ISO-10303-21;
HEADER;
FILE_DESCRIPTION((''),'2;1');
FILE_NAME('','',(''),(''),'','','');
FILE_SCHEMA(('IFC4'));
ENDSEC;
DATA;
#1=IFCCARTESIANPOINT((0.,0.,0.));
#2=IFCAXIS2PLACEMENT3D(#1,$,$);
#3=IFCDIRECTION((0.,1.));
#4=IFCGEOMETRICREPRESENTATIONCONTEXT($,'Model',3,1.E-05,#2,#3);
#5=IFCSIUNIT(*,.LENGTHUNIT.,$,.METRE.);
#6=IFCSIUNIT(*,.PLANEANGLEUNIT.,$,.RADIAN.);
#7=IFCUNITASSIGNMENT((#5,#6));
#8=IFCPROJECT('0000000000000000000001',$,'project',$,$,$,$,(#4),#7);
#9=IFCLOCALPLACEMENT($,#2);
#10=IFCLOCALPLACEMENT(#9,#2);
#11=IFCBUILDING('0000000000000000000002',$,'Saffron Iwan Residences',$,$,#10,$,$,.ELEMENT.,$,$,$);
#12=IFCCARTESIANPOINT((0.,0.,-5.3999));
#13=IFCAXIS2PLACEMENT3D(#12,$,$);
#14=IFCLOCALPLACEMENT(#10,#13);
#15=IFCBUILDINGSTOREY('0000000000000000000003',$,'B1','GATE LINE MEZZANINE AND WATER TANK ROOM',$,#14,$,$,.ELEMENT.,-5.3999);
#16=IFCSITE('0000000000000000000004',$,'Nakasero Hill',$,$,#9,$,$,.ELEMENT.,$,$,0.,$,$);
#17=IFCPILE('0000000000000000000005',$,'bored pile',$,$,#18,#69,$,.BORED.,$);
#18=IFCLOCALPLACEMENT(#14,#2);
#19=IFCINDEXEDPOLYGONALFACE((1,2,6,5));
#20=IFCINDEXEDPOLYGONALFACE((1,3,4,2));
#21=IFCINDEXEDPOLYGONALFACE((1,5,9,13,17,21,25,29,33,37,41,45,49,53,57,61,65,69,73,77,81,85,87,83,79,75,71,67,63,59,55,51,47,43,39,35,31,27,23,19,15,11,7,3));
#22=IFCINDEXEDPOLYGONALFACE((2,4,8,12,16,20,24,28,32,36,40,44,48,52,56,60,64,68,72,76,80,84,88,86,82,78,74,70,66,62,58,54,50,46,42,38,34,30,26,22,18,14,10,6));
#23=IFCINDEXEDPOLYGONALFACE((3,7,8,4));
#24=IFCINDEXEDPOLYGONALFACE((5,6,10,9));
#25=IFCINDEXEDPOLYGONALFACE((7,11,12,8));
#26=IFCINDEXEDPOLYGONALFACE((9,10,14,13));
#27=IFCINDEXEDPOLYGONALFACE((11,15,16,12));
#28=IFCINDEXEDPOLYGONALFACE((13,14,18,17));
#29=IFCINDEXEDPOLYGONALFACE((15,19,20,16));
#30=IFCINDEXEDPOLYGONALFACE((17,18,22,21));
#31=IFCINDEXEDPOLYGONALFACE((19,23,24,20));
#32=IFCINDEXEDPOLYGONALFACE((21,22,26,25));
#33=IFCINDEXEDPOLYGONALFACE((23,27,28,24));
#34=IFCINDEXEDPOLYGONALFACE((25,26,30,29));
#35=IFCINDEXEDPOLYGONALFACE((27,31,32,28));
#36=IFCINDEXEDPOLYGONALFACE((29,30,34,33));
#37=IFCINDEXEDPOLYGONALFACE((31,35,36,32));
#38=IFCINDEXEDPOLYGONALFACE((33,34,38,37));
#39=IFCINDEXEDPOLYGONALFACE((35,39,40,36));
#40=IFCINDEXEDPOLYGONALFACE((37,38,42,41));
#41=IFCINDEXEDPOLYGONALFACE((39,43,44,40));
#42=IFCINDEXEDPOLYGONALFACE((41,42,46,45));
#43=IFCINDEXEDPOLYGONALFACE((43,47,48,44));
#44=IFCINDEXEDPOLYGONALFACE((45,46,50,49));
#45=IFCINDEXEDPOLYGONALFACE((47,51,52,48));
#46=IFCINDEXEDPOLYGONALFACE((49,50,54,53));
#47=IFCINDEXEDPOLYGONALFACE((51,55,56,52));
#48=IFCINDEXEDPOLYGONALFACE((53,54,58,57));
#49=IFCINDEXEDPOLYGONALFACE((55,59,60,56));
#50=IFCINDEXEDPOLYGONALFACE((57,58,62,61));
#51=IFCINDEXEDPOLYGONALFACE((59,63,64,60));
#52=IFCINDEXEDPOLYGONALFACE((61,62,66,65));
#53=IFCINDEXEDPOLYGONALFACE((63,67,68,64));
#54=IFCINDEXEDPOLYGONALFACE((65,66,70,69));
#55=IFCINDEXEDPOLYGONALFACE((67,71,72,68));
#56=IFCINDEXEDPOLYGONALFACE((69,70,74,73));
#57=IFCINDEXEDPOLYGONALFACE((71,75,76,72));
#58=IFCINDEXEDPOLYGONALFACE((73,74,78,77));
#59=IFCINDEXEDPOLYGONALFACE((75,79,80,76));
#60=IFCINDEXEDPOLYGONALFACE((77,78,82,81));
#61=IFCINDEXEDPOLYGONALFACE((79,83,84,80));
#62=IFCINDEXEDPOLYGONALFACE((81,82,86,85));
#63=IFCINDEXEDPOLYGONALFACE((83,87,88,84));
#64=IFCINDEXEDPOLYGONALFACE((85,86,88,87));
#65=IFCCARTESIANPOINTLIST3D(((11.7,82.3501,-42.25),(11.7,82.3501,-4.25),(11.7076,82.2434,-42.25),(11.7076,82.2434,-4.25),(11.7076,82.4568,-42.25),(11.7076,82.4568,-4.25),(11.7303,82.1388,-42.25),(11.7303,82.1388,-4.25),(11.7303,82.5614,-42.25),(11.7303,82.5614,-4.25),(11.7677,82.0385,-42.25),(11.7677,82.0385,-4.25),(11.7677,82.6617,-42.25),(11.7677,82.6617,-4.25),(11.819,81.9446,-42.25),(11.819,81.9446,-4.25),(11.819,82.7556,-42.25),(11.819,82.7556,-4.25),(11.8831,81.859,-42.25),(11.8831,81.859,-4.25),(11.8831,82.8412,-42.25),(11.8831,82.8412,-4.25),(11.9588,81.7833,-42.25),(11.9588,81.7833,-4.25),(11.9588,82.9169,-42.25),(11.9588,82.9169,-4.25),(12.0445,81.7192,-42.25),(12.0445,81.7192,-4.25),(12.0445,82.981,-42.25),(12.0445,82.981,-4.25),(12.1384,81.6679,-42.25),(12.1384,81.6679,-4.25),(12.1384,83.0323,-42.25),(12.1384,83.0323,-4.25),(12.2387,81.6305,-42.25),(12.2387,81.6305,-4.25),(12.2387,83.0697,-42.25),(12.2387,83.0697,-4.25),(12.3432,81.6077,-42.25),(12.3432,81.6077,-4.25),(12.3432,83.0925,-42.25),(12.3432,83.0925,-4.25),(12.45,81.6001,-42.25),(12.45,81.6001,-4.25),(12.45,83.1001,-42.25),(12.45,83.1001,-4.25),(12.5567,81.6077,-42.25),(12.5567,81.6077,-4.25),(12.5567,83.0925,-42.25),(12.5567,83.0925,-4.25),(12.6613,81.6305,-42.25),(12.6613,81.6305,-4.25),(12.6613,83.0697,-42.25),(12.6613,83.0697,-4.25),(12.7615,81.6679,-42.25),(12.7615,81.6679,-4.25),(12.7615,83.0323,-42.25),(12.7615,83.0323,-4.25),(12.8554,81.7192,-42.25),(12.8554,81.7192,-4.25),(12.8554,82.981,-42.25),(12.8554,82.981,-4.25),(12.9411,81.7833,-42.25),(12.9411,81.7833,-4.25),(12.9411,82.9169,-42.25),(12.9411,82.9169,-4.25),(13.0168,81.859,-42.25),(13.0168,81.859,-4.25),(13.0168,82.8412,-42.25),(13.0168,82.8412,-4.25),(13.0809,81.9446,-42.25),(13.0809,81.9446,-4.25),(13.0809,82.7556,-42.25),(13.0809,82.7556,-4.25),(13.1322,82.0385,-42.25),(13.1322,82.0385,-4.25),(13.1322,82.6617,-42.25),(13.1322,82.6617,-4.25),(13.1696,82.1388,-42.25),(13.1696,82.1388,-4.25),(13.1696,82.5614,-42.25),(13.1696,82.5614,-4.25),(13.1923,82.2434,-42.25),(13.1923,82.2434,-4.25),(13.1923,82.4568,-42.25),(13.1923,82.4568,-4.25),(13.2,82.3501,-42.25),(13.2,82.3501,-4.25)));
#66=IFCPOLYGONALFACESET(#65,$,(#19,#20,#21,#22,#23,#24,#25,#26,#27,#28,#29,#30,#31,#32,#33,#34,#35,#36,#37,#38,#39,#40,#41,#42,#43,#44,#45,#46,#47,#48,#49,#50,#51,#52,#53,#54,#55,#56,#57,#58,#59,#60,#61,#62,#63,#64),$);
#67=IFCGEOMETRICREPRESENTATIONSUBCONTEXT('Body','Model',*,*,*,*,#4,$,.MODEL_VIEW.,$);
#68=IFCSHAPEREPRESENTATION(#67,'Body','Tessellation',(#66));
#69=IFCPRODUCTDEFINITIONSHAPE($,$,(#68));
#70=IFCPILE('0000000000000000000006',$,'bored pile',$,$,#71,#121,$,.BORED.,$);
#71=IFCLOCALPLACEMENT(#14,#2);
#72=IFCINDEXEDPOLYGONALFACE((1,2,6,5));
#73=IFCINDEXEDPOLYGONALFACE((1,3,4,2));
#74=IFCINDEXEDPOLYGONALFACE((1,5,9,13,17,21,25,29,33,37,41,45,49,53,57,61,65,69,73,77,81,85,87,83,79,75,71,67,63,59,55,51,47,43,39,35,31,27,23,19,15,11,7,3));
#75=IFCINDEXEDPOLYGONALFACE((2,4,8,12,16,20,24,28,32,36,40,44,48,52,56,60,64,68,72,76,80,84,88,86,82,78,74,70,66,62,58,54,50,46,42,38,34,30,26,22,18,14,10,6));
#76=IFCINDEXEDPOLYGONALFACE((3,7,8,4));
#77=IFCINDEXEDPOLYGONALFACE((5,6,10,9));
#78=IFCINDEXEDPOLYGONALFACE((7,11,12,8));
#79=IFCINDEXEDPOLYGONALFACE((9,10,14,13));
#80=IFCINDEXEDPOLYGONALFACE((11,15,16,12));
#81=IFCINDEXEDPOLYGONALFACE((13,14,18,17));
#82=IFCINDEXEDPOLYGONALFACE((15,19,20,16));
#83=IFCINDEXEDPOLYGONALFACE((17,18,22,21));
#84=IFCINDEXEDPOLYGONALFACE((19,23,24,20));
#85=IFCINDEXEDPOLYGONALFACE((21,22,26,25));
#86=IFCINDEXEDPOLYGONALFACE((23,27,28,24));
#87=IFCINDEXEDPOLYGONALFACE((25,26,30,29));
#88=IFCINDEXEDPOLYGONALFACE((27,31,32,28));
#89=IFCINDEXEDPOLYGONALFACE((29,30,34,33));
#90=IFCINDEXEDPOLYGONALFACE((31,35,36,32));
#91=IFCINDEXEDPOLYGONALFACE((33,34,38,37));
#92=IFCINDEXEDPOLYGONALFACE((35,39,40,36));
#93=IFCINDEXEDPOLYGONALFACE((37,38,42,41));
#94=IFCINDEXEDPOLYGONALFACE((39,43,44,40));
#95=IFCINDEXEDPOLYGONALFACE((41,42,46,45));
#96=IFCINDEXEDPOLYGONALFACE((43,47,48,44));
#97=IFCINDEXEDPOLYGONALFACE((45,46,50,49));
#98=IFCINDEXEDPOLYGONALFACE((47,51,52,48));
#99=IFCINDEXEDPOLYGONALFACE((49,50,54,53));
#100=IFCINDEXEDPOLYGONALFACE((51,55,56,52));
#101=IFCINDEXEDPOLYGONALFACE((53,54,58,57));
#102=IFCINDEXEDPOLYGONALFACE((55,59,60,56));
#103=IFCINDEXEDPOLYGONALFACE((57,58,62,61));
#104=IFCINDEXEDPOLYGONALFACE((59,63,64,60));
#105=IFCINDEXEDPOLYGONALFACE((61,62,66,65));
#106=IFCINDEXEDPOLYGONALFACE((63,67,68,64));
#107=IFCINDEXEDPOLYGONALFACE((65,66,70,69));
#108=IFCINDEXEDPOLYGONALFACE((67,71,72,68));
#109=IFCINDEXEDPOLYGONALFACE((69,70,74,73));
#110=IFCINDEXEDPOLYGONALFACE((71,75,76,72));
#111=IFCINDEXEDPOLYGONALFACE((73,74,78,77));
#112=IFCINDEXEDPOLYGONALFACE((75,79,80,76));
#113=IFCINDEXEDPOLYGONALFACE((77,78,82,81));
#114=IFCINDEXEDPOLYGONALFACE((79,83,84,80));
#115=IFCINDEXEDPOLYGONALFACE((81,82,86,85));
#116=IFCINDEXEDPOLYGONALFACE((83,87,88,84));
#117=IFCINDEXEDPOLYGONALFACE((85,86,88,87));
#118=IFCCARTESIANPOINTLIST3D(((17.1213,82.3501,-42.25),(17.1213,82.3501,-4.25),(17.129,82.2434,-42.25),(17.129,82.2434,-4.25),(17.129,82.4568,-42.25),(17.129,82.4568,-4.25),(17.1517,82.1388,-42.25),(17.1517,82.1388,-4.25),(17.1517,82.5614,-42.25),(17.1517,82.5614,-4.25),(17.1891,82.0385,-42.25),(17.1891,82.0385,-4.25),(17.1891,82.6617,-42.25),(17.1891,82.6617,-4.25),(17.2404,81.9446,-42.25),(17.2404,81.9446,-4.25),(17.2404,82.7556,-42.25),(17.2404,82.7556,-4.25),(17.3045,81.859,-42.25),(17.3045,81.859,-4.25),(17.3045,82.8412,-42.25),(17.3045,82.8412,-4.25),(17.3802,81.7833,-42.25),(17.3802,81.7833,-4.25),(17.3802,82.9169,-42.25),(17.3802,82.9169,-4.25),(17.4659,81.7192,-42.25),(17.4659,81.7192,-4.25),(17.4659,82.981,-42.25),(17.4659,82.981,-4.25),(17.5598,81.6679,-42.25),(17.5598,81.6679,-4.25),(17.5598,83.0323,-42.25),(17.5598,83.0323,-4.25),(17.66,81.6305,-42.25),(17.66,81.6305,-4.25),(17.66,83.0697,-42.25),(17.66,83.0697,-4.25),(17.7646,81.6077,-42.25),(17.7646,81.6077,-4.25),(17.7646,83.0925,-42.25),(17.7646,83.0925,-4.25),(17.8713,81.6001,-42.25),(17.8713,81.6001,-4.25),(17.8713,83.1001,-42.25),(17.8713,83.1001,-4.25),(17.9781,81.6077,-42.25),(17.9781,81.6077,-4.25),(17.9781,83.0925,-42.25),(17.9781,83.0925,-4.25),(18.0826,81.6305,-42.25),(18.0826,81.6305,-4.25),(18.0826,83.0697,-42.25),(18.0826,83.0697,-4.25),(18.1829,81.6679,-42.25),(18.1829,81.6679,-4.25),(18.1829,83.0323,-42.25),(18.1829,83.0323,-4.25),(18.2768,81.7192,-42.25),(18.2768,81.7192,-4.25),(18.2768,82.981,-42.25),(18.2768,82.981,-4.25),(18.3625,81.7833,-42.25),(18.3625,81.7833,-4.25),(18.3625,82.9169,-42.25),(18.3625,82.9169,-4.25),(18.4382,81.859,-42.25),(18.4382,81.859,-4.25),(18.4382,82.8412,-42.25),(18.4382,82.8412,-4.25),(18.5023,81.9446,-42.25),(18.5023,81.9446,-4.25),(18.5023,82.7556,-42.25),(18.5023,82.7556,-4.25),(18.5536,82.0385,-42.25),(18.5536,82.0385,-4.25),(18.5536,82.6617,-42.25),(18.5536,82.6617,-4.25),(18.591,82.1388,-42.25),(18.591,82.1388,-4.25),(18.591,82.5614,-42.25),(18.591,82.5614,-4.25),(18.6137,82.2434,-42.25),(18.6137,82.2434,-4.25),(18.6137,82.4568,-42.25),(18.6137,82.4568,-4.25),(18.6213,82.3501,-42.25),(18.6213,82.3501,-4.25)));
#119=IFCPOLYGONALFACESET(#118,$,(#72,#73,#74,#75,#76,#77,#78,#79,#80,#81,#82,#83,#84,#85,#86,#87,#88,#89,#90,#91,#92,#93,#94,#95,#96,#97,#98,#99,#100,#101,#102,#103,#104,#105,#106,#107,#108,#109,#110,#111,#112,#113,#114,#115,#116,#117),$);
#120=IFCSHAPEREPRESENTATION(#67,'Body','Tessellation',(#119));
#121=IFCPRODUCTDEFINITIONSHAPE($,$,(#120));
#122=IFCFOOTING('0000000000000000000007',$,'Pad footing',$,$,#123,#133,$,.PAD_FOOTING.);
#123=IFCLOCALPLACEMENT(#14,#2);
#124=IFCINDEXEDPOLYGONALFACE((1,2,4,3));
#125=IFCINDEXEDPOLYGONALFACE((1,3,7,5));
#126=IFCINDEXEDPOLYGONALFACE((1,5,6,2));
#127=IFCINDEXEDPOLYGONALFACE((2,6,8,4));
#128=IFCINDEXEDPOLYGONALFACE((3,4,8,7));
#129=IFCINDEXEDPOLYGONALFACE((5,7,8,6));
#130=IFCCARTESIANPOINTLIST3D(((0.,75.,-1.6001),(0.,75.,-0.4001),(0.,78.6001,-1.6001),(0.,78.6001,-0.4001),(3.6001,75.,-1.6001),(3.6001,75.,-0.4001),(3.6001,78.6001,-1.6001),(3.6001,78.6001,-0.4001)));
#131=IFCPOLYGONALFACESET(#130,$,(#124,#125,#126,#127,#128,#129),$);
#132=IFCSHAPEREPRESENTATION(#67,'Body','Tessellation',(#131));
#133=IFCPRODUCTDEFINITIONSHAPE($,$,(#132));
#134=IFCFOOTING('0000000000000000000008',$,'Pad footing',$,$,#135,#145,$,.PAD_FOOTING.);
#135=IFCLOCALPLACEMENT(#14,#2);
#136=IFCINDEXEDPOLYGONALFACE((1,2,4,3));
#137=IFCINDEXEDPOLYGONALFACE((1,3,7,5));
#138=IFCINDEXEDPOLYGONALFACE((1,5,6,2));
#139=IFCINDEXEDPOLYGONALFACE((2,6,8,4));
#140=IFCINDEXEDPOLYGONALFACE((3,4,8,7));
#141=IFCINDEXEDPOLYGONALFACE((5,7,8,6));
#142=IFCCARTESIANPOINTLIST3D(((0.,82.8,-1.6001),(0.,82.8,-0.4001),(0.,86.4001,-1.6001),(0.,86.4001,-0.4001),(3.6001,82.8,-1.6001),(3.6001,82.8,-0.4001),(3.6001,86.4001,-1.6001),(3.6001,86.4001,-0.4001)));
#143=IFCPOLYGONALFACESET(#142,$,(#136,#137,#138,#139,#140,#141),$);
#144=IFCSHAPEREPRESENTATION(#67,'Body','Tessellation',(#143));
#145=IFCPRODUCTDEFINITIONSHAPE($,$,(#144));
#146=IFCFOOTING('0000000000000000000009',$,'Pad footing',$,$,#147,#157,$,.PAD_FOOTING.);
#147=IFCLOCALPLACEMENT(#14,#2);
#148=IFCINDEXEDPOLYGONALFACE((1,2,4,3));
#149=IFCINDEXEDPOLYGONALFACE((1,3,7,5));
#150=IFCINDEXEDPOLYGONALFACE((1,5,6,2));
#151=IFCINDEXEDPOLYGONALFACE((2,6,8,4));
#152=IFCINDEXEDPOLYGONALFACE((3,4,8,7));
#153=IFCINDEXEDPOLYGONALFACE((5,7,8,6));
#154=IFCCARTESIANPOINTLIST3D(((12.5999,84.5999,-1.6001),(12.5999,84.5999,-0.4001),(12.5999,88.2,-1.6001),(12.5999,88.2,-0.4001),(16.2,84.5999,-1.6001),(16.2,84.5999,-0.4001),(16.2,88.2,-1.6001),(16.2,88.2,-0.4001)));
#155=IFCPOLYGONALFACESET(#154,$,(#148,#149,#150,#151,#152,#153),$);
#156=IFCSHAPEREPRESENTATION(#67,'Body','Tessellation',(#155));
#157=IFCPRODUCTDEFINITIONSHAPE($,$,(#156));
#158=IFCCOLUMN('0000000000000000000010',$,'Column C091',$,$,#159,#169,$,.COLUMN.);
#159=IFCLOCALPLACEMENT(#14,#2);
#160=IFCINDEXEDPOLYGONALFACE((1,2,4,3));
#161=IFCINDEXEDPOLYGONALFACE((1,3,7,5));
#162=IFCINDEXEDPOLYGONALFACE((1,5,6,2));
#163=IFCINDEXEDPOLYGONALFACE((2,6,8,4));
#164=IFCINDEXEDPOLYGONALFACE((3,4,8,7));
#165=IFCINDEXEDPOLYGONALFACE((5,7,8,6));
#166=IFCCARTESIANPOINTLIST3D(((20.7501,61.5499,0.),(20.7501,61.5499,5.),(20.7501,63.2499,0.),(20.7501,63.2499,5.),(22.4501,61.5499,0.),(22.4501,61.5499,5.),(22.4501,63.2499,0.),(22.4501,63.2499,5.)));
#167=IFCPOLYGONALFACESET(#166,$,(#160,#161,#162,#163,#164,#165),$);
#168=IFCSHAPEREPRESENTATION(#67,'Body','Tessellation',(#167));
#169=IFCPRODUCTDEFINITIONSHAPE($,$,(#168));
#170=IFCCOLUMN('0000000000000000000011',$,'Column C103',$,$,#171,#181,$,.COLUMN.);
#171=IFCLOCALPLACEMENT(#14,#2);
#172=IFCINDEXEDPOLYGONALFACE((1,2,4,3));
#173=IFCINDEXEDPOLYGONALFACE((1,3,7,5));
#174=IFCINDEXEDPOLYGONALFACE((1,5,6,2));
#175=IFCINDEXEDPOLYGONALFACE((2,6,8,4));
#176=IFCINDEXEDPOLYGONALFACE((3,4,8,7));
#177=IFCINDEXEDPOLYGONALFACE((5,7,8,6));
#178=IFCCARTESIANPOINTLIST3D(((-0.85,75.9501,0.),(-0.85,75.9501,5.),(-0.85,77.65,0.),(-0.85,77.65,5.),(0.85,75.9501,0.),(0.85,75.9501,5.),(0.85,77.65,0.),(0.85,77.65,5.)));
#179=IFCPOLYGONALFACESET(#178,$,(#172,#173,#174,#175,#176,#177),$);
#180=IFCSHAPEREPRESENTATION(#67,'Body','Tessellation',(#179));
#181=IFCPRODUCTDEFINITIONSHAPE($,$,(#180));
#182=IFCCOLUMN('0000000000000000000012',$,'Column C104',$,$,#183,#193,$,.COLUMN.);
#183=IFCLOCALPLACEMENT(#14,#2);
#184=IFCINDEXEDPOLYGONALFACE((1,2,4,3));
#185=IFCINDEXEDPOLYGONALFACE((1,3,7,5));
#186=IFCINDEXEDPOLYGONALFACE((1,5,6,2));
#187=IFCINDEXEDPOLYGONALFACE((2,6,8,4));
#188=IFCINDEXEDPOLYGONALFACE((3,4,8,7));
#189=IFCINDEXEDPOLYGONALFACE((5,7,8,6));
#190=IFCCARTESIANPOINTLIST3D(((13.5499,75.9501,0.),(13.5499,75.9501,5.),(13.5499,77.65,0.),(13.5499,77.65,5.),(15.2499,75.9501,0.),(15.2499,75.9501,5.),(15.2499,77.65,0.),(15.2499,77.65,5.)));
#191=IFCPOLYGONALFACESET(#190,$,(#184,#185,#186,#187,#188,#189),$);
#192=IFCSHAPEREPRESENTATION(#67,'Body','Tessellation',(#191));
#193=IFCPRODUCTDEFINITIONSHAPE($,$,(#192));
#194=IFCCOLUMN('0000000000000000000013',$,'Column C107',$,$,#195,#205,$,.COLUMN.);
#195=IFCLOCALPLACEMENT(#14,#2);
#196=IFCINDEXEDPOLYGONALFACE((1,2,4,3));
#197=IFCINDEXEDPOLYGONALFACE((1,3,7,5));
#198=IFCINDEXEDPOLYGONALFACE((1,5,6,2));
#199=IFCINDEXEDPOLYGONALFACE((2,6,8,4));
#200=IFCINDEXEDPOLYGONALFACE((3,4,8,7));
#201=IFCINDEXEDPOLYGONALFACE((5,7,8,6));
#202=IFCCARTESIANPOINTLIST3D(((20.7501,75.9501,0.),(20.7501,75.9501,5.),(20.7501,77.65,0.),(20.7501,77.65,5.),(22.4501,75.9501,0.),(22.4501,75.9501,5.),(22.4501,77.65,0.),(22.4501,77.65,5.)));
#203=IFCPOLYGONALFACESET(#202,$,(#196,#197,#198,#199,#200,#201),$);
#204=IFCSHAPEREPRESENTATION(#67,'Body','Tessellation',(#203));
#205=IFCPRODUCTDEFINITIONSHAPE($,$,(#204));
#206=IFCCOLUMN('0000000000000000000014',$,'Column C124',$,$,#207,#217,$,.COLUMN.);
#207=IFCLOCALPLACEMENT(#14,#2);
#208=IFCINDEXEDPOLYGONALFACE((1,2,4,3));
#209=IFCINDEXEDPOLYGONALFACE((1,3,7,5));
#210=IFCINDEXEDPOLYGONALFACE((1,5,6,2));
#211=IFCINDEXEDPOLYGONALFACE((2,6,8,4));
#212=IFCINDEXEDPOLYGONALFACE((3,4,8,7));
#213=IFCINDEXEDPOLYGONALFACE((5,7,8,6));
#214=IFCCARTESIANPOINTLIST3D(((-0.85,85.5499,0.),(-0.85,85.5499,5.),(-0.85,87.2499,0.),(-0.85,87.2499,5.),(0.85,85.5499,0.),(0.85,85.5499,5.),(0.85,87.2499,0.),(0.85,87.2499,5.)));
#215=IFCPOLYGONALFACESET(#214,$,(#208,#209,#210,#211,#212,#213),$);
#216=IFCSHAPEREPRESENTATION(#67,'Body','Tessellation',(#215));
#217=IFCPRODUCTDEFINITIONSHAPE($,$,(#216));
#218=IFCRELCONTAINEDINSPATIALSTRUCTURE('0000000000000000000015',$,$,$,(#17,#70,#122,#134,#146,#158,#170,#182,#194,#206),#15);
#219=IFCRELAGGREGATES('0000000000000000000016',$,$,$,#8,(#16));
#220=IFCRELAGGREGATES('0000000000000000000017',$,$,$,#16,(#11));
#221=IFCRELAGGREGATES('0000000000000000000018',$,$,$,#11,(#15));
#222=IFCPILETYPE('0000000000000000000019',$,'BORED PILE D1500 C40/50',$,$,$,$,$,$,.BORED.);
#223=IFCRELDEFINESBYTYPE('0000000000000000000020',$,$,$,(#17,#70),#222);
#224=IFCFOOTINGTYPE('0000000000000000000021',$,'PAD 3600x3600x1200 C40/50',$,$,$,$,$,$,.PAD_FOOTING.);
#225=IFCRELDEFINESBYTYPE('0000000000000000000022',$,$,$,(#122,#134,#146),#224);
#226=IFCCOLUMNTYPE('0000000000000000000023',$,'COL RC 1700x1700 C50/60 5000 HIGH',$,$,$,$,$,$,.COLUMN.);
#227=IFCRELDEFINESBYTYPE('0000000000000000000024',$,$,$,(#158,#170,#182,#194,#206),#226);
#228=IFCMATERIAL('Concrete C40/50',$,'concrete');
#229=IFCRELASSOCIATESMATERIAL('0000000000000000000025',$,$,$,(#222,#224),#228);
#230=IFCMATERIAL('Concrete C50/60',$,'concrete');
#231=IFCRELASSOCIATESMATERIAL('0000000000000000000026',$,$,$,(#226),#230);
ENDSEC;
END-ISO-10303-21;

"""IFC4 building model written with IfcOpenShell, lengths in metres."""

from ifc_helpers import new_model, si_unit, direction, frame, origin, origin_2d, place, context, subcontext, project, spatial, rectangle, circle, extrude, source, transform, mapped, material, material_profile, profile_set, type_object, element, save


model = new_model("IFC4")

# Units and contexts
model_context = context("Model", 3, precision=1e-05, world=origin(), true_north=direction((0.0, 1.0)))
body_context = subcontext(model_context, "Body", "Model", "MODEL_VIEW")
ifc_project = project(units=[si_unit("LENGTHUNIT", "METRE"), si_unit("PLANEANGLEUNIT", "RADIAN")], contexts=[model_context])

# Site, building, storey
site_placement = place(None, origin())
site = spatial("IfcSite", under=ifc_project, at=site_placement, Name="Nakasero Hill", CompositionType="ELEMENT", RefElevation=0.0)
building_placement = place(site_placement, origin())
building = spatial("IfcBuilding", under=site, at=building_placement, Name="Saffron Iwan Residences", CompositionType="ELEMENT")
storey_placement = place(building_placement, frame((0.0, 0.0, -5.3999)))
storey = spatial("IfcBuildingStorey", under=building, at=storey_placement, Name="B1", Description="GATE LINE MEZZANINE AND WATER TANK ROOM", CompositionType="ELEMENT", Elevation=-5.3999)

# Piles
ifc_material_1 = material(Name="Concrete C40/50", Category="concrete")
ifc_material_profile_1 = material_profile(ifc_material_1, circle(Radius=0.75, at=origin_2d()), Name="RC D1500")
ifc_profile_set_1 = profile_set([ifc_material_profile_1], Name="Concrete C40/50")
pile_type = type_object("IfcPileType", Name="BORED PILE D1500 C40/50", PredefinedType="BORED", material=ifc_profile_set_1)
for number, where, z_axis, x_axis, name in (
    (1, (12.45, 82.3501, -4.25), (0.0, 0.0, -1.0), (1.0, 0.0, 0.0), "bored pile"),
    (2, (17.8713, 82.3501, -4.25), (0.0, 0.0, -1.0), (1.0, 0.0, 0.0), "bored pile"),
):
    element("IfcPile", number, at=place(storey_placement, frame(where, z_axis=z_axis, x_axis=x_axis)), inside=storey, type_object=pile_type, Name=name, PredefinedType="BORED", context=body_context, shape_type="SweptSolid", body=[
        extrude(circle(Radius=0.75, at=origin_2d()), origin(), (0.0, 0.0, 1.0), 38.0),
    ])

# Footings
footing_type = type_object("IfcFootingType", Name="PAD 3600x3600x1200 C40/50", PredefinedType="PAD_FOOTING", material=ifc_material_1)
shared_shape_1 = source(origin(), body_context, "Body", "SweptSolid", [
    extrude(rectangle(XDim=3.6001, YDim=3.6001, at=origin_2d()), origin(), (0.0, 0.0, 1.0), 1.2),
])
for number, where, z_axis, x_axis, name in (
    (3, (1.8, 76.8, -1.6001), (0.0, 0.0, 1.0), (1.0, 0.0, 0.0), "Pad footing"),
    (4, (1.8, 84.6001, -1.6001), (0.0, 0.0, 1.0), (1.0, 0.0, 0.0), "Pad footing"),
    (5, (14.3999, 86.3999, -1.6001), (0.0, 0.0, 1.0), (1.0, 0.0, 0.0), "Pad footing"),
):
    element("IfcFooting", number, at=place(storey_placement, frame(where, z_axis=z_axis, x_axis=x_axis)), inside=storey, type_object=footing_type, Name=name, PredefinedType="PAD_FOOTING", context=body_context, shape_type="MappedRepresentation", body=[
        mapped(shared_shape_1, transform((0.0, 0.0, 0.0))),
    ])

# Columns
ifc_material_2 = material(Name="Concrete C50/60", Category="concrete")
ifc_material_profile_2 = material_profile(ifc_material_2, rectangle(XDim=1.7, YDim=1.7, at=origin_2d()), Name="RC 1700x1700")
ifc_profile_set_2 = profile_set([ifc_material_profile_2], Name="Concrete C50/60")
column_type = type_object("IfcColumnType", Name="COL RC 1700x1700 C50/60 5000 HIGH", PredefinedType="COLUMN", material=ifc_profile_set_2)
shared_shape_2 = source(origin(), body_context, "Body", "SweptSolid", [
    extrude(rectangle(XDim=1.7, YDim=1.7, at=origin_2d()), origin(), (0.0, 0.0, 1.0), 5.0),
])
for number, where, z_axis, x_axis, name in (
    (6, (21.6001, 62.3999, 0.0), (0.0, 0.0, 1.0), (1.0, 0.0, 0.0), "Column C091"),
    (7, (0.0, 76.8, 0.0), (0.0, 0.0, 1.0), (1.0, 0.0, 0.0), "Column C103"),
    (8, (14.3999, 76.8, 0.0), (0.0, 0.0, 1.0), (1.0, 0.0, 0.0), "Column C104"),
    (9, (21.6001, 76.8, 0.0), (0.0, 0.0, 1.0), (1.0, 0.0, 0.0), "Column C107"),
    (10, (0.0, 86.3999, 0.0), (0.0, 0.0, 1.0), (1.0, 0.0, 0.0), "Column C124"),
):
    element("IfcColumn", number, at=place(storey_placement, frame(where, z_axis=z_axis, x_axis=x_axis)), inside=storey, type_object=column_type, Name=name, PredefinedType="COLUMN", context=body_context, shape_type="MappedRepresentation", body=[
        mapped(shared_shape_2, transform((0.0, 0.0, 0.0))),
    ])

save(model, "model.ifc")
